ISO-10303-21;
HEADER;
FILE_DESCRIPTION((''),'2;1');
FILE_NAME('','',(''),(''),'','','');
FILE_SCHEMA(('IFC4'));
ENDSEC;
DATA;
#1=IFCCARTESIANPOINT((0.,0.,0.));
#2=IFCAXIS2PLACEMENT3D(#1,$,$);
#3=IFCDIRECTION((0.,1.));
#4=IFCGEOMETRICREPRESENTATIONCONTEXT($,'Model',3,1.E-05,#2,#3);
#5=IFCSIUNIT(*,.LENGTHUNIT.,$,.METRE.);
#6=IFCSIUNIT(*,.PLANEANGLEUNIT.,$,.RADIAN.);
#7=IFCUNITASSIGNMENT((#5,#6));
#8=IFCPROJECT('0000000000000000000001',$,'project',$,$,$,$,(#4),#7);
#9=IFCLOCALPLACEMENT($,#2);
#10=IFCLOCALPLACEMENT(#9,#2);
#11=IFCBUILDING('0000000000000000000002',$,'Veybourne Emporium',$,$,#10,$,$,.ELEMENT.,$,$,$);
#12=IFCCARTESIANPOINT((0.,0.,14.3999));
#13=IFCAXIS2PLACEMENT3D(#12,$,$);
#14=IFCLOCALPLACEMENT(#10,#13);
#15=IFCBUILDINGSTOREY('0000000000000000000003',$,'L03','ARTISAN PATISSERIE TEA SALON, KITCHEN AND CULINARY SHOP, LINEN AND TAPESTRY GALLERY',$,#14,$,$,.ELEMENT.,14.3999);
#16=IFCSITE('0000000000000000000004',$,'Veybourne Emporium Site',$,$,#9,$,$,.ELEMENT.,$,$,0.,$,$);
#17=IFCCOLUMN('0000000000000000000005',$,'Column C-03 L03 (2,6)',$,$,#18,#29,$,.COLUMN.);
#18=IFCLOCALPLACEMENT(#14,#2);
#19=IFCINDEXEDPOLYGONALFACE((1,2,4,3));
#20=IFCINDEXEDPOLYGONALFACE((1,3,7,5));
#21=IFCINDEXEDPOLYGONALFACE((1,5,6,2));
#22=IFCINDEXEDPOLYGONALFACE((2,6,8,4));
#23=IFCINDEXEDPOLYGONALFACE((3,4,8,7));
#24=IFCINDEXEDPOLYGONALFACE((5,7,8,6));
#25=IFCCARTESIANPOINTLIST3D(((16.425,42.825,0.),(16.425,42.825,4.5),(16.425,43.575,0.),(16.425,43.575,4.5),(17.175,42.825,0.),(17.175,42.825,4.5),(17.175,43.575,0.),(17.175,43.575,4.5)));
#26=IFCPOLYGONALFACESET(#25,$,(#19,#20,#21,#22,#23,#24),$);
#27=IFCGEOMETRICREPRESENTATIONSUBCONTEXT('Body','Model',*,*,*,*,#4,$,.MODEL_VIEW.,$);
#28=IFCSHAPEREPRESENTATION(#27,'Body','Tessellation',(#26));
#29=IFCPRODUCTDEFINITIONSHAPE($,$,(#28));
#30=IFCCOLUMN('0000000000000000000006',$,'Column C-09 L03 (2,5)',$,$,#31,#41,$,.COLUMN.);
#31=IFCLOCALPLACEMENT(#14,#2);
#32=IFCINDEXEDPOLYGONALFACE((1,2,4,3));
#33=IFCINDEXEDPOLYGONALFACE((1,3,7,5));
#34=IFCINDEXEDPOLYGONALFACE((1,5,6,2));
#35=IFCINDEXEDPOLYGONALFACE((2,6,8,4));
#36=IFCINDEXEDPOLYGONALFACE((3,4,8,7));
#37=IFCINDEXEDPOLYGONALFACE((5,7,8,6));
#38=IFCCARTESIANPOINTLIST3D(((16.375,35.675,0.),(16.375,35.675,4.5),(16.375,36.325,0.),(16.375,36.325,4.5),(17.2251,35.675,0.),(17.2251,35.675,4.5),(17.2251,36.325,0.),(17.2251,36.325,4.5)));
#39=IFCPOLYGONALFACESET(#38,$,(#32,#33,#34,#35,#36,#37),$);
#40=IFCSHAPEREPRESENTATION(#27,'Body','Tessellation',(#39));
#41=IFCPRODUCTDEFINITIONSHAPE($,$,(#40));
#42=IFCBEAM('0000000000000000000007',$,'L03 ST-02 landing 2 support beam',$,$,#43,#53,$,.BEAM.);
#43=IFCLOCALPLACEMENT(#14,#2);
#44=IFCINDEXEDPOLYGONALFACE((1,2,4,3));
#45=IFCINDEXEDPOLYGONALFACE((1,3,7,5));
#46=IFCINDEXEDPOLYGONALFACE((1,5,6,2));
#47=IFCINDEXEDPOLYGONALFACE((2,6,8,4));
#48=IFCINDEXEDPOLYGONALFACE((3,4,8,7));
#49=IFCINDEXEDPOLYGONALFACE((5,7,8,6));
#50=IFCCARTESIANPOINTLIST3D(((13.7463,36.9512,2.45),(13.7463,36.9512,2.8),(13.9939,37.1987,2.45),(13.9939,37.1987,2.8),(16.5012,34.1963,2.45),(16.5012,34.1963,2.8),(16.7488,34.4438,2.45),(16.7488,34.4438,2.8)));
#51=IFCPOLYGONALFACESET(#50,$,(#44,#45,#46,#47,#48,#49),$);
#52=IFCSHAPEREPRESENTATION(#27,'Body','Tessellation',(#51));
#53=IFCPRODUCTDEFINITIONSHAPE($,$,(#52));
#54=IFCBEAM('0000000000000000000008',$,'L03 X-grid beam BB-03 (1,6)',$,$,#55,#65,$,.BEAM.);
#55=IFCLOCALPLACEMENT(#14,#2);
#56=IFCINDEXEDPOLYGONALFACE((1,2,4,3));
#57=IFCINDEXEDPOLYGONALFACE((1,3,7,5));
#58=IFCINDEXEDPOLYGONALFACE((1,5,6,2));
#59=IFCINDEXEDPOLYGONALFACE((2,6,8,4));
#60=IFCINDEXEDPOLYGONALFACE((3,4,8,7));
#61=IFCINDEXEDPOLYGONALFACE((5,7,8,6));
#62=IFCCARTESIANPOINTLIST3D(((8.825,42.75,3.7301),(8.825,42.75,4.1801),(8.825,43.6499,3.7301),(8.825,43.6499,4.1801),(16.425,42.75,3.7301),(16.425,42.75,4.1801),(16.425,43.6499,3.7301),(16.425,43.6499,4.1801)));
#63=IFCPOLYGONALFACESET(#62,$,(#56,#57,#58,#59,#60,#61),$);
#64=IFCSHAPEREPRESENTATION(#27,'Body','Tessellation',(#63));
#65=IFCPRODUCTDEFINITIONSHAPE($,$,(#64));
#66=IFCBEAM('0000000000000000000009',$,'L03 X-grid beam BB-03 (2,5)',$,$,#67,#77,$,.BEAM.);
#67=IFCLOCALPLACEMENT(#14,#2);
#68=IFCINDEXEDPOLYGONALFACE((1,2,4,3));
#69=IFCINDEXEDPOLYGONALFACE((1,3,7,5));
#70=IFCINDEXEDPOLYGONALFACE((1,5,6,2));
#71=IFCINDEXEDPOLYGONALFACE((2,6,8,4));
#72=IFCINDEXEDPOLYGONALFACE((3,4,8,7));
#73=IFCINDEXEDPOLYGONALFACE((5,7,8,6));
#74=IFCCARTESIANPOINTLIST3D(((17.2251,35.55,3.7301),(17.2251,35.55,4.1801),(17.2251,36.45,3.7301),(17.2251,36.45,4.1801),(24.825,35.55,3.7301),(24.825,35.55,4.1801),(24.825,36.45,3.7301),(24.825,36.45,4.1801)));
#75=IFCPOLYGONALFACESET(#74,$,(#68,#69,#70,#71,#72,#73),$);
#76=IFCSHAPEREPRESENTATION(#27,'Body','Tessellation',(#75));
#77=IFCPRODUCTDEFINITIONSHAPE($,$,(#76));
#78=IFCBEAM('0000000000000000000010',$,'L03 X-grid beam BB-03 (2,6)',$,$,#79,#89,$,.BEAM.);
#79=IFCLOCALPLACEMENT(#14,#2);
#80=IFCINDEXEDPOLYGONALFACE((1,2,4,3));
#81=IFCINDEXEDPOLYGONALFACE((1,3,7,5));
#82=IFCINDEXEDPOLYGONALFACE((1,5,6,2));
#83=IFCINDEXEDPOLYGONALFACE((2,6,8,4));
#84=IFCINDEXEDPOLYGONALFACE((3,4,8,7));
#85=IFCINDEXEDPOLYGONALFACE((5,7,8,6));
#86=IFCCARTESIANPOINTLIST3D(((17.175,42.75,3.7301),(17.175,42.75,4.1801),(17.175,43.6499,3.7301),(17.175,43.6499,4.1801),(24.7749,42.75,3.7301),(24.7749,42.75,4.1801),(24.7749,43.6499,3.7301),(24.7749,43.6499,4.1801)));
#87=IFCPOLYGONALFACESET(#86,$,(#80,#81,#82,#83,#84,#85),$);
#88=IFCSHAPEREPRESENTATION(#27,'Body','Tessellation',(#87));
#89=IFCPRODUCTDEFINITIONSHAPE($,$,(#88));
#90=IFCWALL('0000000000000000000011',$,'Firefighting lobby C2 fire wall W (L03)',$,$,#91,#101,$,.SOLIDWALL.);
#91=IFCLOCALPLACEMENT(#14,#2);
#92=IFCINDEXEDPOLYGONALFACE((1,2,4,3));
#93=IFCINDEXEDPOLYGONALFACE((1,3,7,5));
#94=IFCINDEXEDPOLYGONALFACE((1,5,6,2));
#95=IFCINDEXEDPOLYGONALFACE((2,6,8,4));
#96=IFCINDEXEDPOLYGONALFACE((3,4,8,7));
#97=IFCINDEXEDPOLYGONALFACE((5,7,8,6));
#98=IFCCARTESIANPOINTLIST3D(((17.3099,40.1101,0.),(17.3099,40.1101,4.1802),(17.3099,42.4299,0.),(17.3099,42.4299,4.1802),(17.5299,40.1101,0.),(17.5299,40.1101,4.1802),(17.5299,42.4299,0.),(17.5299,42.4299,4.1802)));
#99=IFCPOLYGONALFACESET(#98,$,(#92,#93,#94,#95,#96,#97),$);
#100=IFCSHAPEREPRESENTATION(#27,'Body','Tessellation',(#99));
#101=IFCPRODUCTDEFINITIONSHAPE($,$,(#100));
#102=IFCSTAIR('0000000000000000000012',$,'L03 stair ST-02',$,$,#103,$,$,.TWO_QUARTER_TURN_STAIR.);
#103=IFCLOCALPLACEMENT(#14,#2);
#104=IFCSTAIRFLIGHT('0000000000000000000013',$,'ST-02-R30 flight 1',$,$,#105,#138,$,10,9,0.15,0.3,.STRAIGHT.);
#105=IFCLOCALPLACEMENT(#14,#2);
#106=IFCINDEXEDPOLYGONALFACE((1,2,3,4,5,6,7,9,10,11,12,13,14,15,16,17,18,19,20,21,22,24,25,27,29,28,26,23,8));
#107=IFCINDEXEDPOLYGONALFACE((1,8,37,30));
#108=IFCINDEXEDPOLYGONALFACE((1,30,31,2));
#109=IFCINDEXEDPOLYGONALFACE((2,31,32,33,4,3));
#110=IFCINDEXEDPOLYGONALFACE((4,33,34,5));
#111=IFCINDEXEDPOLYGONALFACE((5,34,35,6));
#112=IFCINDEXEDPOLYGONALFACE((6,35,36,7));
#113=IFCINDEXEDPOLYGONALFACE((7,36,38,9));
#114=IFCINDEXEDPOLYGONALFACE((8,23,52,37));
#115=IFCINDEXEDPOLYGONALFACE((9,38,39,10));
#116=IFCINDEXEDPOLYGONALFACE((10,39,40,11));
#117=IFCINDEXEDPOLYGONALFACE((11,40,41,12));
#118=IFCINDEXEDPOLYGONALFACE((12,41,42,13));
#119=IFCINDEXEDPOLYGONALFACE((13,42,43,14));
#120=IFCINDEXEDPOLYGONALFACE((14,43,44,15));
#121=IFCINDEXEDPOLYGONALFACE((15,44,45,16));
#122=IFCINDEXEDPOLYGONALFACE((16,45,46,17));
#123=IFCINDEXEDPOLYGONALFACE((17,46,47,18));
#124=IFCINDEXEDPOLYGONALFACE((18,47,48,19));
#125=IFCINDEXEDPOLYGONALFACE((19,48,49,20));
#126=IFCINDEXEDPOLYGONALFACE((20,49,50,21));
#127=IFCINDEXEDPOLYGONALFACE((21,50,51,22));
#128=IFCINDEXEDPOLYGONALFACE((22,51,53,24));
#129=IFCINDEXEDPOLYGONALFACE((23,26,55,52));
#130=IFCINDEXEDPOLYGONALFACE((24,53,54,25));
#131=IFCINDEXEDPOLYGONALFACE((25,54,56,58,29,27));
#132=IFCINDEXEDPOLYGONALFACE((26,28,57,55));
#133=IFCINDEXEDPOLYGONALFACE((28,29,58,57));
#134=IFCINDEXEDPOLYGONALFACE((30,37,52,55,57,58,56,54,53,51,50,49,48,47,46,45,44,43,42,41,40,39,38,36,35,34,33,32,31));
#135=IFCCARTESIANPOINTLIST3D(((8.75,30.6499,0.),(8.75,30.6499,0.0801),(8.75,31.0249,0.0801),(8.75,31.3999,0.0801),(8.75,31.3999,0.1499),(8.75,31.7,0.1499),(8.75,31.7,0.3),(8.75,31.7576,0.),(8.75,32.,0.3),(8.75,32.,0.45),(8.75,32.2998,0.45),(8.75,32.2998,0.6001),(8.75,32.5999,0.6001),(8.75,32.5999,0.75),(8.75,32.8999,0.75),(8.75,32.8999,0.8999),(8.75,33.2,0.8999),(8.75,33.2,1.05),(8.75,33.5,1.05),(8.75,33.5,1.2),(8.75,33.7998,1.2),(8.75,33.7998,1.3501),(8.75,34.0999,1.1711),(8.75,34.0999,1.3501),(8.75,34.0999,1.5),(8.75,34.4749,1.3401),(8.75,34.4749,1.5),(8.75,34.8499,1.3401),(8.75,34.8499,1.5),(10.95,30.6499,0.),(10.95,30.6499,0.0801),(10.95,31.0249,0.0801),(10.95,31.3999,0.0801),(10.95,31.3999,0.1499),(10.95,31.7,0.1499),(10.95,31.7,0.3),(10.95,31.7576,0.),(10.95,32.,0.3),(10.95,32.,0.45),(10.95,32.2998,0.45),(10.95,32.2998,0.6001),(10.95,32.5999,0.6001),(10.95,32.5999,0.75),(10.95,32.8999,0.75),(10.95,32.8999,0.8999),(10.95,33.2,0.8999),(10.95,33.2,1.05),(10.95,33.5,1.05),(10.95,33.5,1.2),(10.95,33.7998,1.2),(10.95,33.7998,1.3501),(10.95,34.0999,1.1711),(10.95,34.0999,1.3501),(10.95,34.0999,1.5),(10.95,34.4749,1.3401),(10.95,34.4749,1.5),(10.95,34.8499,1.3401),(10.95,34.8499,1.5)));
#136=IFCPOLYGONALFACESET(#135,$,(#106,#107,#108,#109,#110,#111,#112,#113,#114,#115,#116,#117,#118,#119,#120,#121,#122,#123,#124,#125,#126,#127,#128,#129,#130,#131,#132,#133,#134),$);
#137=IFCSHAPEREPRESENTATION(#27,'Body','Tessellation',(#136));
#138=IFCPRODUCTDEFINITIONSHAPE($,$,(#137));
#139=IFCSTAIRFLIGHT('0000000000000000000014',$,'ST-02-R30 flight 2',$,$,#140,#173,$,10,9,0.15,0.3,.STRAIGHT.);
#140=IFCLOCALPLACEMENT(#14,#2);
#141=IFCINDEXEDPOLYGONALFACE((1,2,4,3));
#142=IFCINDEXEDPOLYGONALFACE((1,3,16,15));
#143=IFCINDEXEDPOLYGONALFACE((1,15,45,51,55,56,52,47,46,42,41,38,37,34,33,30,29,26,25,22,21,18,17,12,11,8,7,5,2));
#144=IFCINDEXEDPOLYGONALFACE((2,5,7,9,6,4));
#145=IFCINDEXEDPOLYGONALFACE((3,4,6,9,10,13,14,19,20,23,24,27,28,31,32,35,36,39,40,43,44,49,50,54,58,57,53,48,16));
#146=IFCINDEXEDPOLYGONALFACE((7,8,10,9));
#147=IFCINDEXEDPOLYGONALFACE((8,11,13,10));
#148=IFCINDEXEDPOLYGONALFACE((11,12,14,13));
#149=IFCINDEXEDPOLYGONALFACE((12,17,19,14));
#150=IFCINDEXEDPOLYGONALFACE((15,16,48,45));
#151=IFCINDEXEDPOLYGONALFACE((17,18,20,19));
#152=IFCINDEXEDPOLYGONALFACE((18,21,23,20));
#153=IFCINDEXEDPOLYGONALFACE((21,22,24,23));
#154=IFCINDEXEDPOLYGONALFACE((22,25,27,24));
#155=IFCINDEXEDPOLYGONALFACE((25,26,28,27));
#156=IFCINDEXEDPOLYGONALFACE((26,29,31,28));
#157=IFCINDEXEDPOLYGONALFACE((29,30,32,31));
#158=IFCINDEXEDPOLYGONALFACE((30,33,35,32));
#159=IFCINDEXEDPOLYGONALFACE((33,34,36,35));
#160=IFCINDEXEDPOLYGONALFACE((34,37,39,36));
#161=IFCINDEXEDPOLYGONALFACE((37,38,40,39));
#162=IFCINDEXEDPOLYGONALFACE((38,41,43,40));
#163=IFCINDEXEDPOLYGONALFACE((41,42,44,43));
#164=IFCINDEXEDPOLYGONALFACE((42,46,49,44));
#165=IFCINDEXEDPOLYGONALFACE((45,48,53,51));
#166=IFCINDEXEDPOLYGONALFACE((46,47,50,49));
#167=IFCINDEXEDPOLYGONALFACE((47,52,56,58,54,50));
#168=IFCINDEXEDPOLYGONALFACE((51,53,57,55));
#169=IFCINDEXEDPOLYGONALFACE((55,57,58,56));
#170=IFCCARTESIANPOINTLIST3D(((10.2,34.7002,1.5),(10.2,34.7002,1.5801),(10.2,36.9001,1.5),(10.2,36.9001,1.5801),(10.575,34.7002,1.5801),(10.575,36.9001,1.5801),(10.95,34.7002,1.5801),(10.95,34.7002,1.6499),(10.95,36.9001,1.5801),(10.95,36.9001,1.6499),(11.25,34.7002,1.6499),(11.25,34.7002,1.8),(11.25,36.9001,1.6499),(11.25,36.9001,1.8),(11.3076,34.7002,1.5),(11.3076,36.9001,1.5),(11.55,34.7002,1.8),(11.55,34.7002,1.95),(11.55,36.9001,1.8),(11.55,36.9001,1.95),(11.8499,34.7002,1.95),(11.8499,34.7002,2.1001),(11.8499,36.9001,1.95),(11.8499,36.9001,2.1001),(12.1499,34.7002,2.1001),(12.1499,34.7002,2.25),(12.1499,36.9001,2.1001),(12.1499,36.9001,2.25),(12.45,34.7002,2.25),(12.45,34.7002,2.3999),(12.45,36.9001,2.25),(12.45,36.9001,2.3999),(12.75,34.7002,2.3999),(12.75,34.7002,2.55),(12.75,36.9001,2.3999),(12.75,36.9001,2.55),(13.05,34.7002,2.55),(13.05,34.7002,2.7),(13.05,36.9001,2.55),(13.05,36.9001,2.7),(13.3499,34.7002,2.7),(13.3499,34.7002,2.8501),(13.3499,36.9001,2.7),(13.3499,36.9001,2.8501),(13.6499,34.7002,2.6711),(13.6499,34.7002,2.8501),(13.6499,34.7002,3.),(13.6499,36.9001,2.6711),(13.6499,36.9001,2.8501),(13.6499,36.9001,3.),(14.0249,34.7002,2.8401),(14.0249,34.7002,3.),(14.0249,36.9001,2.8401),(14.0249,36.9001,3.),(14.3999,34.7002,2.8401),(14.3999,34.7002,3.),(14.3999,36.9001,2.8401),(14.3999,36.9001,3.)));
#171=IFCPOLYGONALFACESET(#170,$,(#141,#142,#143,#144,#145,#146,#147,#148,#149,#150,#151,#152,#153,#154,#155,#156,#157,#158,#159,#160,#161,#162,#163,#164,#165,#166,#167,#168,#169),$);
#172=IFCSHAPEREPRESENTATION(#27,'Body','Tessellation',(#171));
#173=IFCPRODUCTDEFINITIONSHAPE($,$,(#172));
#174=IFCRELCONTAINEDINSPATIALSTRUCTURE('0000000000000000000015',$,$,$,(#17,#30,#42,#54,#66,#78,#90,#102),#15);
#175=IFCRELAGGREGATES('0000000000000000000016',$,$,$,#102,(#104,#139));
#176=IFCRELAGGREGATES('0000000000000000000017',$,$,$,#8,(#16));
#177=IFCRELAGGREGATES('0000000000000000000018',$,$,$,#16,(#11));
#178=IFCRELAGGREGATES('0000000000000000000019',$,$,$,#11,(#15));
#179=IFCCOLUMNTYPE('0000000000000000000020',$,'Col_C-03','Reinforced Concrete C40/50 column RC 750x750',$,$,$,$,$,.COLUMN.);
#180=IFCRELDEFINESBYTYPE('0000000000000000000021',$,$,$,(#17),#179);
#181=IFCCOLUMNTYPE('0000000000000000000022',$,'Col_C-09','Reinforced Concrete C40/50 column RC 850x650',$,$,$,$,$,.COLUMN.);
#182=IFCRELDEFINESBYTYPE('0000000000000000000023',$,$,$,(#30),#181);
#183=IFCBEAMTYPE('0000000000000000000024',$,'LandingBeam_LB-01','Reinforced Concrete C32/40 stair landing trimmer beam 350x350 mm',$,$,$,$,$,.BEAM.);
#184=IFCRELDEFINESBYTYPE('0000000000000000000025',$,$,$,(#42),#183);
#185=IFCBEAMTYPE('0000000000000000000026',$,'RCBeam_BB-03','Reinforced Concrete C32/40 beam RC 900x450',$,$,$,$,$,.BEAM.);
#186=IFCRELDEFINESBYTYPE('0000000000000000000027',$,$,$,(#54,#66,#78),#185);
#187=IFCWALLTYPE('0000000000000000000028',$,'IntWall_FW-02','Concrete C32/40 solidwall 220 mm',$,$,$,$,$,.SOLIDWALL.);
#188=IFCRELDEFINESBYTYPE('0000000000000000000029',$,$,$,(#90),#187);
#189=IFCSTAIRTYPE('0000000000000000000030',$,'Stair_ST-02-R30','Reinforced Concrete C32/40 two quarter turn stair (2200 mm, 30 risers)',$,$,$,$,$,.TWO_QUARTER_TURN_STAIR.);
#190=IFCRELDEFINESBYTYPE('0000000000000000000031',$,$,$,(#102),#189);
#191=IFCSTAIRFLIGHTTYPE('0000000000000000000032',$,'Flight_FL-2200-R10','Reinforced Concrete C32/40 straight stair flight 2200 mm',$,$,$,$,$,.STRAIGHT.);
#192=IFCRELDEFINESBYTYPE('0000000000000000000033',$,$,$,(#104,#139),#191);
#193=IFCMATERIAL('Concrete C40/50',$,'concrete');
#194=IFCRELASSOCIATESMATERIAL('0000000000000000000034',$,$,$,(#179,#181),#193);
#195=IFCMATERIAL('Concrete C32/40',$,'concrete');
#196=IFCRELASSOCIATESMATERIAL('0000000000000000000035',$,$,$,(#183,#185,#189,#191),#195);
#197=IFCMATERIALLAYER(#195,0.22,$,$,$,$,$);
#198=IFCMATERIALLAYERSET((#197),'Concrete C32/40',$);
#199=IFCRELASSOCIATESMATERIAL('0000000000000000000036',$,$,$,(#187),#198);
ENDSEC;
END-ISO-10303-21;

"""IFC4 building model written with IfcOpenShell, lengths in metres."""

from ifc_helpers import new_model, si_unit, direction, frame, frame_2d, origin, origin_2d, place, context, subcontext, project, spatial, polyline, rectangle, outline, extrude, material, layer, layer_set, material_profile, profile_set, type_object, element, aggregate, save


model = new_model("IFC4")

# Units and contexts
model_context = context("Model", 3, precision=1e-05, world=origin(), true_north=direction((0.0, 1.0)))
body_context = subcontext(model_context, "Body", "Model", "MODEL_VIEW")
ifc_project = project(units=[si_unit("LENGTHUNIT", "METRE"), si_unit("PLANEANGLEUNIT", "RADIAN")], contexts=[model_context])

# Site, building, storey
site_placement = place(None, origin())
site = spatial("IfcSite", under=ifc_project, at=site_placement, Name="Veybourne Emporium Site", CompositionType="ELEMENT", RefElevation=0.0)
building_placement = place(site_placement, origin())
building = spatial("IfcBuilding", under=site, at=building_placement, Name="Veybourne Emporium", CompositionType="ELEMENT")
storey_placement = place(building_placement, frame((0.0, 0.0, 14.3999)))
storey = spatial("IfcBuildingStorey", under=building, at=storey_placement, Name="L03", Description="ARTISAN PATISSERIE TEA SALON, KITCHEN AND CULINARY SHOP, LINEN AND TAPESTRY GALLERY", CompositionType="ELEMENT", Elevation=14.3999)

# Columns
ifc_material_1 = material(Name="Concrete C40/50", Category="concrete")
ifc_material_profile_1 = material_profile(ifc_material_1, rectangle(XDim=0.75, YDim=0.75, at=origin_2d()), Name="RC 750x750")
ifc_profile_set_1 = profile_set([ifc_material_profile_1], Name="Concrete C40/50")
column_type_1 = type_object("IfcColumnType", Name="Col_C-03", Description="Reinforced Concrete C40/50 column RC 750x750", PredefinedType="COLUMN", material=ifc_profile_set_1)
column_1_placement = place(storey_placement, frame((16.8, 43.2, 0.0), z_axis=(0.0, 0.0, 1.0), x_axis=(1.0, 0.0, 0.0)))
element("IfcColumn", 1, at=column_1_placement, inside=storey, type_object=column_type_1, Name="Column C-03 L03 (2,6)", PredefinedType="COLUMN", context=body_context, shape_type="SweptSolid", body=[
    extrude(rectangle(XDim=0.75, YDim=0.75, at=origin_2d()), origin(), (0.0, 0.0, 1.0), 4.5),
])
ifc_material_profile_2 = material_profile(ifc_material_1, rectangle(XDim=0.8501, YDim=0.6499, at=origin_2d()), Name="RC 850x650")
ifc_profile_set_2 = profile_set([ifc_material_profile_2], Name="Concrete C40/50")
column_type_2 = type_object("IfcColumnType", Name="Col_C-09", Description="Reinforced Concrete C40/50 column RC 850x650", PredefinedType="COLUMN", material=ifc_profile_set_2)
column_2_placement = place(storey_placement, frame((16.8, 36.0, 0.0), z_axis=(0.0, 0.0, 1.0), x_axis=(1.0, 0.0, 0.0)))
element("IfcColumn", 2, at=column_2_placement, inside=storey, type_object=column_type_2, Name="Column C-09 L03 (2,5)", PredefinedType="COLUMN", context=body_context, shape_type="SweptSolid", body=[
    extrude(rectangle(XDim=0.8501, YDim=0.6499, at=origin_2d()), origin(), (0.0, 0.0, 1.0), 4.5),
])

# Beams
ifc_material_2 = material(Name="Concrete C32/40", Category="concrete")
ifc_material_profile_3 = material_profile(ifc_material_2, rectangle(XDim=0.3501, YDim=0.3501, at=origin_2d()), Name="RC 350x350")
ifc_profile_set_3 = profile_set([ifc_material_profile_3], Name="Concrete C32/40")
beam_type_1 = type_object("IfcBeamType", Name="LandingBeam_LB-01", Description="Reinforced Concrete C32/40 stair landing trimmer beam 350x350 mm", PredefinedType="BEAM", material=ifc_profile_set_3)
beam_1_placement = place(storey_placement, frame((13.8701, 37.075, 2.625), z_axis=(0.707107, -0.707107, 0.0), x_axis=(0.707107, 0.707107, 0.0)))
element("IfcBeam", 3, at=beam_1_placement, inside=storey, type_object=beam_type_1, Name="L03 ST-02 landing 2 support beam", PredefinedType="BEAM", context=body_context, shape_type="SweptSolid", body=[
    extrude(rectangle(XDim=0.3501, YDim=0.3501, at=origin_2d()), origin(), (0.0, 0.0, 1.0), 3.896),
])
ifc_material_profile_4 = material_profile(ifc_material_2, rectangle(XDim=0.8999, YDim=0.45, at=origin_2d()), Name="RC 900x450")
ifc_profile_set_4 = profile_set([ifc_material_profile_4], Name="Concrete C32/40")
beam_type_2 = type_object("IfcBeamType", Name="RCBeam_BB-03", Description="Reinforced Concrete C32/40 beam RC 900x450", PredefinedType="BEAM", material=ifc_profile_set_4)
beam_2_placement = place(storey_placement, frame((8.825, 43.2, 3.9551), z_axis=(1.0, 0.0, 0.0), x_axis=(0.0, 1.0, 0.0)))
element("IfcBeam", 4, at=beam_2_placement, inside=storey, type_object=beam_type_2, Name="L03 X-grid beam BB-03 (1,6)", PredefinedType="BEAM", context=body_context, shape_type="SweptSolid", body=[
    extrude(rectangle(XDim=0.8999, YDim=0.45, at=origin_2d()), origin(), (0.0, 0.0, 1.0), 7.6001),
])
for number, where, z_axis, x_axis, name in (
    (5, (17.2251, 36.0, 3.9551), (1.0, 0.0, 0.0), (0.0, 1.0, 0.0), "L03 X-grid beam BB-03 (2,5)"),
    (6, (17.175, 43.2, 3.9551), (1.0, 0.0, 0.0), (0.0, 1.0, 0.0), "L03 X-grid beam BB-03 (2,6)"),
):
    element("IfcBeam", number, at=place(storey_placement, frame(where, z_axis=z_axis, x_axis=x_axis)), inside=storey, type_object=beam_type_2, Name=name, PredefinedType="BEAM", context=body_context, shape_type="SweptSolid", body=[
        extrude(rectangle(XDim=0.8999, YDim=0.45, at=origin_2d()), origin(), (0.0, 0.0, 1.0), 7.5999),
    ])

# Wall
ifc_layer = layer(ifc_material_2, 0.22)
ifc_layer_set = layer_set([ifc_layer], Name="Concrete C32/40")
wall_type = type_object("IfcWallType", Name="IntWall_FW-02", Description="Concrete C32/40 solidwall 220 mm", PredefinedType="SOLIDWALL", material=ifc_layer_set)
wall_placement = place(storey_placement, frame((17.4199, 40.1101, 0.0), z_axis=(0.0, 0.0, 1.0), x_axis=(0.0, 1.0, 0.0)))
element("IfcWall", 7, at=wall_placement, inside=storey, type_object=wall_type, Name="Firefighting lobby C2 fire wall W (L03)", PredefinedType="SOLIDWALL", context=body_context, shape_type="SweptSolid", body=[
    extrude(rectangle(XDim=2.3198, YDim=0.22, at=frame_2d((1.1599, 0.0))), origin(), (0.0, 0.0, 1.0), 4.1802),
])

# Stair, stair flights
stair_type = type_object("IfcStairType", Name="Stair_ST-02-R30", Description="Reinforced Concrete C32/40 two quarter turn stair (2200 mm, 30 risers)", PredefinedType="TWO_QUARTER_TURN_STAIR", material=ifc_material_2)
stair_placement = place(storey_placement, origin())
stair = element("IfcStair", 8, at=stair_placement, inside=storey, type_object=stair_type, Name="L03 stair ST-02", PredefinedType="TWO_QUARTER_TURN_STAIR")
stair_flight_type = type_object("IfcStairFlightType", Name="Flight_FL-2200-R10", Description="Reinforced Concrete C32/40 straight stair flight 2200 mm", PredefinedType="STRAIGHT", material=ifc_material_2)
stair_flight_1_placement = place(storey_placement, frame((9.8501, 31.3999, 0.0), z_axis=(0.0, 0.0, 1.0), x_axis=(0.0, 1.0, 0.0)))
stair_flight_1 = element("IfcStairFlight", 9, at=stair_flight_1_placement, type_object=stair_flight_type, Name="ST-02-R30 flight 1", NumberOfRisers=10, NumberOfTreads=9, PredefinedType="STRAIGHT", RiserHeight=0.15, TreadLength=0.3, context=body_context, shape_type="SweptSolid", body=[
    extrude(outline(polyline([(-0.75, 0.0), (-0.75, 0.0801), (-0.375, 0.0801), (0.0, 0.0801), (0.0, 0.1499), (0.3, 0.1499), (0.3, 0.3), (0.6001, 0.3), (0.6001, 0.45), (0.8999, 0.45), (0.8999, 0.6001), (1.2, 0.6001), (1.2, 0.75), (1.5, 0.75), (1.5, 0.8999), (1.8, 0.8999), (1.8, 1.05), (2.1001, 1.05), (2.1001, 1.2), (2.3999, 1.2), (2.3999, 1.3501), (2.7, 1.3501), (2.7, 1.5), (3.075, 1.5), (3.45, 1.5), (3.45, 1.3401), (3.075, 1.3401), (2.7, 1.1711), (0.3577, 0.0), (-0.75, 0.0)])), frame((0.0, 1.1001, 0.0), z_axis=(0.0, -1.0, 0.0), x_axis=(1.0, 0.0, 0.0)), (0.0, 0.0, 1.0), 2.2),
])
stair_flight_2_placement = place(storey_placement, frame((10.95, 35.8, 1.5), z_axis=(0.0, 0.0, 1.0), x_axis=(1.0, 0.0, 0.0)))
stair_flight_2 = element("IfcStairFlight", 10, at=stair_flight_2_placement, type_object=stair_flight_type, Name="ST-02-R30 flight 2", NumberOfRisers=10, NumberOfTreads=9, PredefinedType="STRAIGHT", RiserHeight=0.15, TreadLength=0.3, context=body_context, shape_type="SweptSolid", body=[
    extrude(outline(polyline([(-0.75, 0.0), (-0.75, 0.0801), (-0.375, 0.0801), (0.0, 0.0801), (0.0, 0.1499), (0.3, 0.1499), (0.3, 0.3), (0.6001, 0.3), (0.6001, 0.45), (0.8999, 0.45), (0.8999, 0.6001), (1.2, 0.6001), (1.2, 0.75), (1.5, 0.75), (1.5, 0.8999), (1.8, 0.8999), (1.8, 1.05), (2.1001, 1.05), (2.1001, 1.2), (2.3999, 1.2), (2.3999, 1.3501), (2.7, 1.3501), (2.7, 1.5), (3.075, 1.5), (3.45, 1.5), (3.45, 1.3401), (3.075, 1.3401), (2.7, 1.1711), (0.3577, 0.0), (-0.75, 0.0)])), frame((0.0, 1.1001, 0.0), z_axis=(0.0, -1.0, 0.0), x_axis=(1.0, 0.0, 0.0)), (0.0, 0.0, 1.0), 2.2),
])
aggregate(stair, [stair_flight_1, stair_flight_2])

save(model, "model.ifc")
